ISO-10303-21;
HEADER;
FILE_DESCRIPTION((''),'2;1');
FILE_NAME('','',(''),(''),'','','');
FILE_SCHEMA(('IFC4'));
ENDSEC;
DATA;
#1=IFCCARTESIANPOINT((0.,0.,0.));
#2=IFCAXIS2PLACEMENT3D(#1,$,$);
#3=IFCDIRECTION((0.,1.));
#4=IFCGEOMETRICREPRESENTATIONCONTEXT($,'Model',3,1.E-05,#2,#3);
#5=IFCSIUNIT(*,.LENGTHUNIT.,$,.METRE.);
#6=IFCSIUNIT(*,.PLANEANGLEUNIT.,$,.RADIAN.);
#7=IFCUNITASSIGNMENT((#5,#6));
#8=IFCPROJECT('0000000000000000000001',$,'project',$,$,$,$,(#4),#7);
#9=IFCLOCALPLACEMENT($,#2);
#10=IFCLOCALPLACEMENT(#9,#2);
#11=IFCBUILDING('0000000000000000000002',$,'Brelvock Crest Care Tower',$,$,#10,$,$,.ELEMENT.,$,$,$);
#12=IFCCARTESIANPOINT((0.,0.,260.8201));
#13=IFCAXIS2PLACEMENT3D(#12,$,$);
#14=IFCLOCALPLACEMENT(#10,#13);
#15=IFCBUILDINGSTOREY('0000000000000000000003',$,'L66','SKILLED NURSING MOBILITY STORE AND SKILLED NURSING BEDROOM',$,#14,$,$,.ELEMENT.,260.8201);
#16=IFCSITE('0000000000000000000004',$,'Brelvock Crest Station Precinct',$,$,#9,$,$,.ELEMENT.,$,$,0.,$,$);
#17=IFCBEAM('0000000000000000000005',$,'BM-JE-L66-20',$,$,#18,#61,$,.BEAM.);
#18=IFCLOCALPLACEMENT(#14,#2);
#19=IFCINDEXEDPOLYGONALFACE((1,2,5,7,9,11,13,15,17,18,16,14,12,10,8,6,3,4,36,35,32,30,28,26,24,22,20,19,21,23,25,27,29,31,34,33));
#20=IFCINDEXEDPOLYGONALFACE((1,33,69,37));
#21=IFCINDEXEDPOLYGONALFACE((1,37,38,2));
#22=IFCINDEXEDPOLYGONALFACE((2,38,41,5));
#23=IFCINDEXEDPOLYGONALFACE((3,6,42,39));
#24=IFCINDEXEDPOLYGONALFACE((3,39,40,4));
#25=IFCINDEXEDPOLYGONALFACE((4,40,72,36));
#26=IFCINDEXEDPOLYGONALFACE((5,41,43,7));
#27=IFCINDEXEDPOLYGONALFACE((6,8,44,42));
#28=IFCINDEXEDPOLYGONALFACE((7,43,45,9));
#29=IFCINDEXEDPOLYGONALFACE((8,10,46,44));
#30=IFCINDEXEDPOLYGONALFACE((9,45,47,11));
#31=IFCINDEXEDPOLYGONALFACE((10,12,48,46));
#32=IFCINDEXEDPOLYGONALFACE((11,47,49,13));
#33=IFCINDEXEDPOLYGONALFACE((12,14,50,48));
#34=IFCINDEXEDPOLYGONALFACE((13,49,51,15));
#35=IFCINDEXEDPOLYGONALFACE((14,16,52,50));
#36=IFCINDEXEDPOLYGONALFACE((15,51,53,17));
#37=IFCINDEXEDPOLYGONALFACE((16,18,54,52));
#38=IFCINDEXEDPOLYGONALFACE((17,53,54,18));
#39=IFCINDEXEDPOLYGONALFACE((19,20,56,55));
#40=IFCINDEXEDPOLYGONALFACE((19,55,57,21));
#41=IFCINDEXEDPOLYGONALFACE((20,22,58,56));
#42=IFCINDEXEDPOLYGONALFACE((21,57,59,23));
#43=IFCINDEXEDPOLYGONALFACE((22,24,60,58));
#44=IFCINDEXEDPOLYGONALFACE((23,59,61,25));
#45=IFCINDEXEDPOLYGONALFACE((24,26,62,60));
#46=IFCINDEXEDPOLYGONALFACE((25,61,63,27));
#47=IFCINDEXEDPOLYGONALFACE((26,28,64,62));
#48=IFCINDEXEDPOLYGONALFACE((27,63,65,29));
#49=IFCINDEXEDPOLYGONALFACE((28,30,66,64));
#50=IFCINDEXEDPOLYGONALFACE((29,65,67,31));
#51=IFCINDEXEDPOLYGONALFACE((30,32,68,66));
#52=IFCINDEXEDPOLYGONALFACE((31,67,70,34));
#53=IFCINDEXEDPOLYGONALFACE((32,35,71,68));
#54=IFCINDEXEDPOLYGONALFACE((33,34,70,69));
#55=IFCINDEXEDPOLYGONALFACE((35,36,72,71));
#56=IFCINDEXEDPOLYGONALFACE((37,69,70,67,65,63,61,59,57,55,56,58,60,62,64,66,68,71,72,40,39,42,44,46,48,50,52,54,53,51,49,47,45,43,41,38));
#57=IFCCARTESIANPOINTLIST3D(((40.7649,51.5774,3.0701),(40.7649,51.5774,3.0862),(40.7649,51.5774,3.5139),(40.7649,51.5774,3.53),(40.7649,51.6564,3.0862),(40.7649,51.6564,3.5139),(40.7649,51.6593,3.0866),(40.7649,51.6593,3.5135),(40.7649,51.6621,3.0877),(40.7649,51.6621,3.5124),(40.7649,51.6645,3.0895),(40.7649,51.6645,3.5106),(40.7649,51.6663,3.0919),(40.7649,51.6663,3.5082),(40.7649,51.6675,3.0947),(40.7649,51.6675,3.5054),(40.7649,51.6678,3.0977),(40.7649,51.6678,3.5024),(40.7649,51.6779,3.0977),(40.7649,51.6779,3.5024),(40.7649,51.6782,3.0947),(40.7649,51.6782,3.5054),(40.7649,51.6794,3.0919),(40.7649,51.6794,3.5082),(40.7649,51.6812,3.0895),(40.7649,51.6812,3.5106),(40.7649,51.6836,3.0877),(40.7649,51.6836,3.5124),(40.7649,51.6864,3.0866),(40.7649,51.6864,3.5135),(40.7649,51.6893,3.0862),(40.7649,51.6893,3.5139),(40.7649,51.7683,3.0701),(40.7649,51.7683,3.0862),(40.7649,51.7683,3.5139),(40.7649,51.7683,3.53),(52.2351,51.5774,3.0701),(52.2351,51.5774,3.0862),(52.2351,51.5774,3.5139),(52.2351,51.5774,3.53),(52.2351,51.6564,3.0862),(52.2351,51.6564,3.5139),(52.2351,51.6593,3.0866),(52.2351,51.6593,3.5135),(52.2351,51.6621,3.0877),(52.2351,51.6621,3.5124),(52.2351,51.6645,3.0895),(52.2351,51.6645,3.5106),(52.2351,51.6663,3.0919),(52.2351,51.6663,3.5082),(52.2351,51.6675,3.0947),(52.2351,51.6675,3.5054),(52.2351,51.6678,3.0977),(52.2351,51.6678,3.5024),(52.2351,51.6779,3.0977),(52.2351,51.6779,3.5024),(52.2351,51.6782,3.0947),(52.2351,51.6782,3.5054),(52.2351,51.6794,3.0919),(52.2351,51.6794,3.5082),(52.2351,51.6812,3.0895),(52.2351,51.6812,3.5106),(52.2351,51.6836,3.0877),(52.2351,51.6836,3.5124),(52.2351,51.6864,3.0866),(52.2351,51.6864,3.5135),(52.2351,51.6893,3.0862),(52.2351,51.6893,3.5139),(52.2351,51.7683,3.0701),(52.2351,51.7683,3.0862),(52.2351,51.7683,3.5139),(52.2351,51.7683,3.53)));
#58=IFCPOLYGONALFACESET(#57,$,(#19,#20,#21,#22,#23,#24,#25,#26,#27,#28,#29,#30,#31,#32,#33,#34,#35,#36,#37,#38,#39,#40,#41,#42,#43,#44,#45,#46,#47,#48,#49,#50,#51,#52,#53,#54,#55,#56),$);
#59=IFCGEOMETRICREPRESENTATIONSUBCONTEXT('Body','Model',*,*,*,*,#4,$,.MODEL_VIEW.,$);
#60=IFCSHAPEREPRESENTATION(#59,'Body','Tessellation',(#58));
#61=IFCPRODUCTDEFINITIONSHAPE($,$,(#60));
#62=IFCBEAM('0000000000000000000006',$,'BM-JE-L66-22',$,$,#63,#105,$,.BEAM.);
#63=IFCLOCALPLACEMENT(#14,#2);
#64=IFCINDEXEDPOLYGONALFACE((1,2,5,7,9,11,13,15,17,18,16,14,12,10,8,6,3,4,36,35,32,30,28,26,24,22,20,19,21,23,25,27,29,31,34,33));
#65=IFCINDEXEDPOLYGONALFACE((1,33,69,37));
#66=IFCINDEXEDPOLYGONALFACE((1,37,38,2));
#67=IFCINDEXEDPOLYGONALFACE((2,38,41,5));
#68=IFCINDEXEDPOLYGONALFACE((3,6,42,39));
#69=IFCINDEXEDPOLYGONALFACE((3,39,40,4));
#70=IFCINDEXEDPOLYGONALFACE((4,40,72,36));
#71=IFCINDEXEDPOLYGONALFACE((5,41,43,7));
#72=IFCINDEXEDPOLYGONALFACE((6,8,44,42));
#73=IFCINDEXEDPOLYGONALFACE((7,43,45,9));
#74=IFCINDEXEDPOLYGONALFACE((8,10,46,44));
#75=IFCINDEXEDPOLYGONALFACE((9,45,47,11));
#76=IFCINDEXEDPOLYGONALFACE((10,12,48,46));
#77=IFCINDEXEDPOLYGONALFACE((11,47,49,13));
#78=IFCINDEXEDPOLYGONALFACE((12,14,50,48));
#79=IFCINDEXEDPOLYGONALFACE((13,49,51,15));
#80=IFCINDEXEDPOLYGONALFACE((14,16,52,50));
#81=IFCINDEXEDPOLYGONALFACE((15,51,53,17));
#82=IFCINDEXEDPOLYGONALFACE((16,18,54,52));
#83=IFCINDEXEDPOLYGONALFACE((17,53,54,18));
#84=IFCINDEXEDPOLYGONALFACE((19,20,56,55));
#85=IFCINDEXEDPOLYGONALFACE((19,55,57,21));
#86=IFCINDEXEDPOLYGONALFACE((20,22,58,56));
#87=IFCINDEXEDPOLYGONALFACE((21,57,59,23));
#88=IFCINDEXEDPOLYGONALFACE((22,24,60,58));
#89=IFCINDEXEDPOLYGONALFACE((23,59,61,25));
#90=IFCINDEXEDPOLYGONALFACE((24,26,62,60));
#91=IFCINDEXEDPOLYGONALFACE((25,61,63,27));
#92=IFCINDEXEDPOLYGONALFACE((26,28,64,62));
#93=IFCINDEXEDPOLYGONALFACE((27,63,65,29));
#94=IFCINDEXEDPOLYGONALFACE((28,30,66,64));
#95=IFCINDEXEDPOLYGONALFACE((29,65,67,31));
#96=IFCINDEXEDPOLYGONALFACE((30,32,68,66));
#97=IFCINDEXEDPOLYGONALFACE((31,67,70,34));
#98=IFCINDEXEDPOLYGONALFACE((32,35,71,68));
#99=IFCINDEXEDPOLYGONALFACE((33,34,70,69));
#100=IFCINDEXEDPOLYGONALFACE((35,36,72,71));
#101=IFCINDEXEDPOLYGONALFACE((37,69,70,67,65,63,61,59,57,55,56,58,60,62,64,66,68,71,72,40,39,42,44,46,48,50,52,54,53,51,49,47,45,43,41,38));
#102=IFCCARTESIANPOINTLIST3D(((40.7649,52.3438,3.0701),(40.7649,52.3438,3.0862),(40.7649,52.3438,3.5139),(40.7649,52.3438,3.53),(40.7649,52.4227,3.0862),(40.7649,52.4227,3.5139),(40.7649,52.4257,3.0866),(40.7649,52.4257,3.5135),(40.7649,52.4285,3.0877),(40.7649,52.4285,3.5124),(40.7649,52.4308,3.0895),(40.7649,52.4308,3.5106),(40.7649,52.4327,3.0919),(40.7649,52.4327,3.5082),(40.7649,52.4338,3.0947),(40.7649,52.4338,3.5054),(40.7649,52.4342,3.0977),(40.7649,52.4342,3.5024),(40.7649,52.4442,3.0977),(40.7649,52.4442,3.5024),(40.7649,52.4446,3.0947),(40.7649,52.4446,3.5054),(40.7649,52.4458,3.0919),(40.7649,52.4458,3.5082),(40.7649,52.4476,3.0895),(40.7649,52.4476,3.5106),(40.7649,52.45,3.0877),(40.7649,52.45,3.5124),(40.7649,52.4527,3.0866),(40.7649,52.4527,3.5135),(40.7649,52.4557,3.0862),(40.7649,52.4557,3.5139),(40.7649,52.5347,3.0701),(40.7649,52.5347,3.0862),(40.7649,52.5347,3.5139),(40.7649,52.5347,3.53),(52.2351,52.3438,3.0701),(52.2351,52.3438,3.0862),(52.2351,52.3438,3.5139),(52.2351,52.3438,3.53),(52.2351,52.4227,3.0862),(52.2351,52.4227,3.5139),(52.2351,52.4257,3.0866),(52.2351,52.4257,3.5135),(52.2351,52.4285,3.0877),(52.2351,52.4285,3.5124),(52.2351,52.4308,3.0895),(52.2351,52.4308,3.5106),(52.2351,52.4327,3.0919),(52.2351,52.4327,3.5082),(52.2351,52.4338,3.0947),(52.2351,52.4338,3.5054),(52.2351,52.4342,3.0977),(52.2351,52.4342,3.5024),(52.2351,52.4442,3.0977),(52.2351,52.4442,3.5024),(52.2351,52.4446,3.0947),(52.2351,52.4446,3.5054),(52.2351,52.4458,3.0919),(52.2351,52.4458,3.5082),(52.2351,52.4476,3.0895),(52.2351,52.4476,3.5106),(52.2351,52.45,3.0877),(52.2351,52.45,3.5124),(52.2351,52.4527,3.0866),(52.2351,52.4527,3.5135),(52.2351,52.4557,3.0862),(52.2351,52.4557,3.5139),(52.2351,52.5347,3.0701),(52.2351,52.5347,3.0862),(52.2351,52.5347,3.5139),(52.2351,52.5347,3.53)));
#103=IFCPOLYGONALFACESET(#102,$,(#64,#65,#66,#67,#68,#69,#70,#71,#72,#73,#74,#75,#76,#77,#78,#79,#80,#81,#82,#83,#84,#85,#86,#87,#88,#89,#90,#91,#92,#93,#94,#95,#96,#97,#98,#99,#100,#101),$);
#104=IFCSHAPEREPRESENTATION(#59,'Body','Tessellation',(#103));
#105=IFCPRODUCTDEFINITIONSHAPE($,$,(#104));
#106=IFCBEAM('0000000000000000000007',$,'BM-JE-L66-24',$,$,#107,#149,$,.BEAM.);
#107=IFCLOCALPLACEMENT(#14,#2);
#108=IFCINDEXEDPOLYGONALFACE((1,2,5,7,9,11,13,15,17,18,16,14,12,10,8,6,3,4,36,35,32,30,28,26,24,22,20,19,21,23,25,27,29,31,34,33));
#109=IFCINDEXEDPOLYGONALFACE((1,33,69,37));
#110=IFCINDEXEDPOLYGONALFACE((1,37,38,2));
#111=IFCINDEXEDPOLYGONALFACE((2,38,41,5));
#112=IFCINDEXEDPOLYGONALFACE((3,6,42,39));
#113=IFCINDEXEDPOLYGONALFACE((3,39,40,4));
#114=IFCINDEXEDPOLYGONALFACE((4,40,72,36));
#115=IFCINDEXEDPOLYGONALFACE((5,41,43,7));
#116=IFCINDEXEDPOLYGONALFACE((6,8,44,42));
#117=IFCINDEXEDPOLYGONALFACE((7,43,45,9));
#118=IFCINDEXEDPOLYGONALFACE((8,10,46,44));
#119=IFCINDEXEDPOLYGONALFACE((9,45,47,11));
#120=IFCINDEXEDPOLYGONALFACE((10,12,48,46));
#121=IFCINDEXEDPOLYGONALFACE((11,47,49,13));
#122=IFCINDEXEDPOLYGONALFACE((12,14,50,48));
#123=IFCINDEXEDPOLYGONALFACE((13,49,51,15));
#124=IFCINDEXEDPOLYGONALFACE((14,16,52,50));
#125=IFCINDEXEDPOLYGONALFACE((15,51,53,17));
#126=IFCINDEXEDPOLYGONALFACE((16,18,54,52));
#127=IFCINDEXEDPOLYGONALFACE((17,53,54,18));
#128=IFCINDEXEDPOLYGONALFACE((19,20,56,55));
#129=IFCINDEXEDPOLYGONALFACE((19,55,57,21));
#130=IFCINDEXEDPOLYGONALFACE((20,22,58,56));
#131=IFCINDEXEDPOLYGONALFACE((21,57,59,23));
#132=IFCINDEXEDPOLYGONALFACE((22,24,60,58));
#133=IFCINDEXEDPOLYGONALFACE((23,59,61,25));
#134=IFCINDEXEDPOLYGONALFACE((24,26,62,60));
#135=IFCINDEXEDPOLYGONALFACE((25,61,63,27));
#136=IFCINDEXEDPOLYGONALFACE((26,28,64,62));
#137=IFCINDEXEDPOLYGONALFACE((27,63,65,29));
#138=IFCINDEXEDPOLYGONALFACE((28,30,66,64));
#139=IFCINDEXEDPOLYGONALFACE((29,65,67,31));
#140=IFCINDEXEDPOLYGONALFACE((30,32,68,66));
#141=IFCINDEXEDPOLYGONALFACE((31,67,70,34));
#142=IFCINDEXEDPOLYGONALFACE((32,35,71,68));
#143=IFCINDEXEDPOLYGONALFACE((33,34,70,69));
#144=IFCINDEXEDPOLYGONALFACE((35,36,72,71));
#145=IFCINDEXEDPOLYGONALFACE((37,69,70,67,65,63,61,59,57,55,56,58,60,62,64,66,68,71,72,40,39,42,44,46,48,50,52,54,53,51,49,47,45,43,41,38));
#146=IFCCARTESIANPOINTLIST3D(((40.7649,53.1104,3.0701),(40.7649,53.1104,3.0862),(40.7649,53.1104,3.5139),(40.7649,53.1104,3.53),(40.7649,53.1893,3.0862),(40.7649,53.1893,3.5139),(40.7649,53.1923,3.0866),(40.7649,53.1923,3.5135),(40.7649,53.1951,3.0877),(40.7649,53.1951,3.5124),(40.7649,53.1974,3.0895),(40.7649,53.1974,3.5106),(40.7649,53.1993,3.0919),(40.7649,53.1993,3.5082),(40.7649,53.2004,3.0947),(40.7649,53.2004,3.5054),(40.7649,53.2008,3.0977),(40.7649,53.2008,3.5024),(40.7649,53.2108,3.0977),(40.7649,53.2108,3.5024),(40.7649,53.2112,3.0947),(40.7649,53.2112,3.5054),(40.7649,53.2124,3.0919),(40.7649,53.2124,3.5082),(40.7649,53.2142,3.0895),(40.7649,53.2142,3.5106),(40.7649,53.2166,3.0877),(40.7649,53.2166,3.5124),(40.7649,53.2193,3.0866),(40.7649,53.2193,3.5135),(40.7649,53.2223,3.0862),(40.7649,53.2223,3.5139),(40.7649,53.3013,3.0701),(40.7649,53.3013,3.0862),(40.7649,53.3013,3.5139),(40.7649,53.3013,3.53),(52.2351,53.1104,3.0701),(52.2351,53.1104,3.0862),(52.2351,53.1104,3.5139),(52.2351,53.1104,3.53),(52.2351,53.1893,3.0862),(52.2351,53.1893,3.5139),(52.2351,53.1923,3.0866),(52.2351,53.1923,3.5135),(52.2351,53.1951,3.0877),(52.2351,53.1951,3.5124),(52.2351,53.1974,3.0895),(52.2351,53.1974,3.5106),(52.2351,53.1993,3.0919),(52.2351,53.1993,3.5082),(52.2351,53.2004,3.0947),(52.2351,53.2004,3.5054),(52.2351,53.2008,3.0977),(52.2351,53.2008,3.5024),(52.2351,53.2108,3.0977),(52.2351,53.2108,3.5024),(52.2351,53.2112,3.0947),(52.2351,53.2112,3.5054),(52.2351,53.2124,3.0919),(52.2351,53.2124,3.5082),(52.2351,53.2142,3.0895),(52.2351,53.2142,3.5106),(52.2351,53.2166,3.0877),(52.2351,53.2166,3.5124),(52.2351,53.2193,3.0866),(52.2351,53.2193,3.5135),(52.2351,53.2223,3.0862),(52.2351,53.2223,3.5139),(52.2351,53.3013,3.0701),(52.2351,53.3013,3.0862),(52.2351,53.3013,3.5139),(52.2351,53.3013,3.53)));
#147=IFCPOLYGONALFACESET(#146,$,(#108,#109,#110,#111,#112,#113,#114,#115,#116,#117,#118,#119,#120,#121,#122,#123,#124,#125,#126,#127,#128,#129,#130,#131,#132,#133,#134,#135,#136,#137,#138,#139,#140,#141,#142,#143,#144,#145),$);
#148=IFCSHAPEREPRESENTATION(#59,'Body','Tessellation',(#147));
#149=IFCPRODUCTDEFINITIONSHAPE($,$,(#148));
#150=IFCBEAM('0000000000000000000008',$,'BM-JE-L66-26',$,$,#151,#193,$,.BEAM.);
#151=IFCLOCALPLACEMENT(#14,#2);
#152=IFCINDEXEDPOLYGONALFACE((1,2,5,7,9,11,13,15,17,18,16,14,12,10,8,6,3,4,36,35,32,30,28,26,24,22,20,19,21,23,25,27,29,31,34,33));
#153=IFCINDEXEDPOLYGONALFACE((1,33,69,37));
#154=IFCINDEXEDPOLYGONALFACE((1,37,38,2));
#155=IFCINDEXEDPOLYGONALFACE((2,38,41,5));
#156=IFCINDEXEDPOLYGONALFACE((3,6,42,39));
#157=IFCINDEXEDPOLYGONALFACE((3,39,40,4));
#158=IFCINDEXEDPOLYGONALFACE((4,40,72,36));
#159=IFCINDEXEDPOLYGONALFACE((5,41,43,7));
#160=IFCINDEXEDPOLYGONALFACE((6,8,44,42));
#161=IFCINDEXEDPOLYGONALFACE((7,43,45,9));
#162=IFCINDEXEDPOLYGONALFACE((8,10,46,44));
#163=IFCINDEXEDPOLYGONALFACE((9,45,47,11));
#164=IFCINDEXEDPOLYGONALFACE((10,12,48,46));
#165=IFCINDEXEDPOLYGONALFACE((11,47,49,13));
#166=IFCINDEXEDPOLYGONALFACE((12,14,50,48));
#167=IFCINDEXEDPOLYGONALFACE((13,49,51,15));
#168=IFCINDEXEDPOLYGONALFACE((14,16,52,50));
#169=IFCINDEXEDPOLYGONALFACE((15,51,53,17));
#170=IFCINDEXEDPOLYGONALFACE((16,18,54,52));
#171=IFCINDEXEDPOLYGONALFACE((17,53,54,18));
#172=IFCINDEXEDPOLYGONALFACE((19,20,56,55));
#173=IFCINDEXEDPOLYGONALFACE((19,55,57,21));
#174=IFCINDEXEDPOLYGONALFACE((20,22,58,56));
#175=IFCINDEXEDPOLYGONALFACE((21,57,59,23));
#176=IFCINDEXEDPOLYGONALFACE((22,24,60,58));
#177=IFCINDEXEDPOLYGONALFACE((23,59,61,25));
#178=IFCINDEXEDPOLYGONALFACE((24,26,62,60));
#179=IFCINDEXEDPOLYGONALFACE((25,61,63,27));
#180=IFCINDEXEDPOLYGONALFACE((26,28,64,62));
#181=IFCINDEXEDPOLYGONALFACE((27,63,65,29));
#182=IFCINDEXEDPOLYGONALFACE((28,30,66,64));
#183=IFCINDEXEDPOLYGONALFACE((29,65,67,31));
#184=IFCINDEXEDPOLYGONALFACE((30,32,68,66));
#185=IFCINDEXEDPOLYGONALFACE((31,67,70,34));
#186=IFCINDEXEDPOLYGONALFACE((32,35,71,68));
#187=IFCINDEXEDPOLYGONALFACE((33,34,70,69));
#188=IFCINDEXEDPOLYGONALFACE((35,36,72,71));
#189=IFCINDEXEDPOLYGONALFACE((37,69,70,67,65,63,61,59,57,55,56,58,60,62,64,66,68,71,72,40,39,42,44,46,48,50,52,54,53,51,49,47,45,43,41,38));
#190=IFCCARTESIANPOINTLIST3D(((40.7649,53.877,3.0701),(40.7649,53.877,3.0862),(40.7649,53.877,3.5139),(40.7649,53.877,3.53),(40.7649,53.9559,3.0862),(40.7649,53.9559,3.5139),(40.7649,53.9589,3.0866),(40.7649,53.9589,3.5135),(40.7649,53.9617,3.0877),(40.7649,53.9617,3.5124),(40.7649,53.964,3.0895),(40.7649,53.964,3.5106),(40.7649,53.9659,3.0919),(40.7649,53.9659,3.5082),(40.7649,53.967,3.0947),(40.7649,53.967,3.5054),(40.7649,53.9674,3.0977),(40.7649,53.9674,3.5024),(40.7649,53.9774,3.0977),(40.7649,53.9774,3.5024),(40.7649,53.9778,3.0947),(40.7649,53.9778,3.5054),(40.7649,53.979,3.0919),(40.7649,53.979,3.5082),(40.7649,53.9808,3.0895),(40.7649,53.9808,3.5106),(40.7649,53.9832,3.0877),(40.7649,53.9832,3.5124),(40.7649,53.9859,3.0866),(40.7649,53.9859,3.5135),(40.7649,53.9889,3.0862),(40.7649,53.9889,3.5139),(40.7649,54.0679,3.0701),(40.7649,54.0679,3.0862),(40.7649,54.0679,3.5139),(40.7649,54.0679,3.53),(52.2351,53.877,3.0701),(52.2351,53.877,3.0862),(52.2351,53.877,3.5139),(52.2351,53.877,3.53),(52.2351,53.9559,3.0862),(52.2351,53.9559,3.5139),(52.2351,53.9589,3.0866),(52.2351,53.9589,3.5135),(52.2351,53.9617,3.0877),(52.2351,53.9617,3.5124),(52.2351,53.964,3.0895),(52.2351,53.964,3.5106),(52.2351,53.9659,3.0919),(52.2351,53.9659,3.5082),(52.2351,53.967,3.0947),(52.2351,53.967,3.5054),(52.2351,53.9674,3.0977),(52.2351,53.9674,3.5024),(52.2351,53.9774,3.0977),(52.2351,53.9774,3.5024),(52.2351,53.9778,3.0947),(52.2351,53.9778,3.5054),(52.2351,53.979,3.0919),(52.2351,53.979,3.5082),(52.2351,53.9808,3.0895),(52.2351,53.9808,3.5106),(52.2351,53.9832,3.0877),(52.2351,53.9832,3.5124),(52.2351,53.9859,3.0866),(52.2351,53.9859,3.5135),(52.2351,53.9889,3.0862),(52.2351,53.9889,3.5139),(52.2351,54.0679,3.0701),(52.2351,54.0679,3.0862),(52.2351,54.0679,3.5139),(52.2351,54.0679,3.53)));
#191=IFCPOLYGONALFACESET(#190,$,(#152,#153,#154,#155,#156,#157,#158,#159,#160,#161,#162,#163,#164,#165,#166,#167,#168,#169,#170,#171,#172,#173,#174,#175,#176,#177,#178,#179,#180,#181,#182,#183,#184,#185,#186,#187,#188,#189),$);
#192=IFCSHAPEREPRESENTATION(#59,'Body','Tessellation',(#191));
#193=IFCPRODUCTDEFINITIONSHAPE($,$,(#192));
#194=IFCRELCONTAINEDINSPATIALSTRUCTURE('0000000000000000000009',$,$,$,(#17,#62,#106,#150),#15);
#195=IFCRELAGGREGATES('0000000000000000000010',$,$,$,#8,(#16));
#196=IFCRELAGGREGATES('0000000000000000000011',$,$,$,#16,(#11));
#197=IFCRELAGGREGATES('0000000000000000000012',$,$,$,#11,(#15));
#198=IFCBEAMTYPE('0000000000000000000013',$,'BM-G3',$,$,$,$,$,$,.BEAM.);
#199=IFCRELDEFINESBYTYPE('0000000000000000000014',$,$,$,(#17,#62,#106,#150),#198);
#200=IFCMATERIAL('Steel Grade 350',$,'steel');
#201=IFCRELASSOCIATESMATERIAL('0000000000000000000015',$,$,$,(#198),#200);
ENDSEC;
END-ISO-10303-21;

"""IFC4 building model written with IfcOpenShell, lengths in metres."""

from ifc_helpers import new_model, si_unit, direction, frame, origin, origin_2d, place, context, subcontext, project, spatial, i_section, extrude, source, transform, mapped, material, material_profile, profile_set, type_object, element, save


model = new_model("IFC4")

# Units and contexts
model_context = context("Model", 3, precision=1e-05, world=origin(), true_north=direction((0.0, 1.0)))
body_context = subcontext(model_context, "Body", "Model", "MODEL_VIEW")
ifc_project = project(units=[si_unit("LENGTHUNIT", "METRE"), si_unit("PLANEANGLEUNIT", "RADIAN")], contexts=[model_context])

# Site, building, storey
site_placement = place(None, origin())
site = spatial("IfcSite", under=ifc_project, at=site_placement, Name="Brelvock Crest Station Precinct", CompositionType="ELEMENT", RefElevation=0.0)
building_placement = place(site_placement, origin())
building = spatial("IfcBuilding", under=site, at=building_placement, Name="Brelvock Crest Care Tower", CompositionType="ELEMENT")
storey_placement = place(building_placement, frame((0.0, 0.0, 260.8201)))
storey = spatial("IfcBuildingStorey", under=building, at=storey_placement, Name="L66", Description="SKILLED NURSING MOBILITY STORE AND SKILLED NURSING BEDROOM", CompositionType="ELEMENT", Elevation=260.8201)

# Shared definitions
ifc_material_1 = material(Name="Steel Grade 350", Category="steel")

# Beams
ifc_material_profile_1 = material_profile(ifc_material_1, i_section(OverallWidth=0.1909, OverallDepth=0.46, WebThickness=0.01, FlangeThickness=0.0161, FilletRadius=0.0115, at=origin_2d()), Name="460UB82.1")
ifc_profile_set_1 = profile_set([ifc_material_profile_1], Name="Steel Grade 350")
beam_type_1 = type_object("IfcBeamType", Name="BM-G3", PredefinedType="BEAM", material=ifc_profile_set_1)
shared_shape_1 = source(origin(), body_context, "Body", "SweptSolid", [
    extrude(i_section(OverallWidth=0.1909, OverallDepth=0.46, WebThickness=0.01, FlangeThickness=0.0161, FilletRadius=0.0115, at=origin_2d()), origin(), (0.0, 0.0, 1.0), 11.4702),
])
for number, where, z_axis, x_axis, name in (
    (1, (40.7649, 51.6729, 3.3), (1.0, 0.0, 0.0), (0.0, 1.0, 0.0), "BM-JE-L66-20"),
    (2, (40.7649, 52.4392, 3.3), (1.0, 0.0, 0.0), (0.0, 1.0, 0.0), "BM-JE-L66-22"),
    (3, (40.7649, 53.2058, 3.3), (1.0, 0.0, 0.0), (0.0, 1.0, 0.0), "BM-JE-L66-24"),
    (4, (40.7649, 53.9724, 3.3), (1.0, 0.0, 0.0), (0.0, 1.0, 0.0), "BM-JE-L66-26"),
):
    element("IfcBeam", number, at=place(storey_placement, frame(where, z_axis=z_axis, x_axis=x_axis)), inside=storey, type_object=beam_type_1, Name=name, PredefinedType="BEAM", context=body_context, shape_type="MappedRepresentation", body=[
        mapped(shared_shape_1, transform((0.0, 0.0, 0.0), x_axis=(1.0, 0.0, 0.0), y_axis=(0.0, 1.0, 0.0), z_axis=(0.0, 0.0, 1.0), scale=1.0)),
    ])

save(model, "model.ifc")
